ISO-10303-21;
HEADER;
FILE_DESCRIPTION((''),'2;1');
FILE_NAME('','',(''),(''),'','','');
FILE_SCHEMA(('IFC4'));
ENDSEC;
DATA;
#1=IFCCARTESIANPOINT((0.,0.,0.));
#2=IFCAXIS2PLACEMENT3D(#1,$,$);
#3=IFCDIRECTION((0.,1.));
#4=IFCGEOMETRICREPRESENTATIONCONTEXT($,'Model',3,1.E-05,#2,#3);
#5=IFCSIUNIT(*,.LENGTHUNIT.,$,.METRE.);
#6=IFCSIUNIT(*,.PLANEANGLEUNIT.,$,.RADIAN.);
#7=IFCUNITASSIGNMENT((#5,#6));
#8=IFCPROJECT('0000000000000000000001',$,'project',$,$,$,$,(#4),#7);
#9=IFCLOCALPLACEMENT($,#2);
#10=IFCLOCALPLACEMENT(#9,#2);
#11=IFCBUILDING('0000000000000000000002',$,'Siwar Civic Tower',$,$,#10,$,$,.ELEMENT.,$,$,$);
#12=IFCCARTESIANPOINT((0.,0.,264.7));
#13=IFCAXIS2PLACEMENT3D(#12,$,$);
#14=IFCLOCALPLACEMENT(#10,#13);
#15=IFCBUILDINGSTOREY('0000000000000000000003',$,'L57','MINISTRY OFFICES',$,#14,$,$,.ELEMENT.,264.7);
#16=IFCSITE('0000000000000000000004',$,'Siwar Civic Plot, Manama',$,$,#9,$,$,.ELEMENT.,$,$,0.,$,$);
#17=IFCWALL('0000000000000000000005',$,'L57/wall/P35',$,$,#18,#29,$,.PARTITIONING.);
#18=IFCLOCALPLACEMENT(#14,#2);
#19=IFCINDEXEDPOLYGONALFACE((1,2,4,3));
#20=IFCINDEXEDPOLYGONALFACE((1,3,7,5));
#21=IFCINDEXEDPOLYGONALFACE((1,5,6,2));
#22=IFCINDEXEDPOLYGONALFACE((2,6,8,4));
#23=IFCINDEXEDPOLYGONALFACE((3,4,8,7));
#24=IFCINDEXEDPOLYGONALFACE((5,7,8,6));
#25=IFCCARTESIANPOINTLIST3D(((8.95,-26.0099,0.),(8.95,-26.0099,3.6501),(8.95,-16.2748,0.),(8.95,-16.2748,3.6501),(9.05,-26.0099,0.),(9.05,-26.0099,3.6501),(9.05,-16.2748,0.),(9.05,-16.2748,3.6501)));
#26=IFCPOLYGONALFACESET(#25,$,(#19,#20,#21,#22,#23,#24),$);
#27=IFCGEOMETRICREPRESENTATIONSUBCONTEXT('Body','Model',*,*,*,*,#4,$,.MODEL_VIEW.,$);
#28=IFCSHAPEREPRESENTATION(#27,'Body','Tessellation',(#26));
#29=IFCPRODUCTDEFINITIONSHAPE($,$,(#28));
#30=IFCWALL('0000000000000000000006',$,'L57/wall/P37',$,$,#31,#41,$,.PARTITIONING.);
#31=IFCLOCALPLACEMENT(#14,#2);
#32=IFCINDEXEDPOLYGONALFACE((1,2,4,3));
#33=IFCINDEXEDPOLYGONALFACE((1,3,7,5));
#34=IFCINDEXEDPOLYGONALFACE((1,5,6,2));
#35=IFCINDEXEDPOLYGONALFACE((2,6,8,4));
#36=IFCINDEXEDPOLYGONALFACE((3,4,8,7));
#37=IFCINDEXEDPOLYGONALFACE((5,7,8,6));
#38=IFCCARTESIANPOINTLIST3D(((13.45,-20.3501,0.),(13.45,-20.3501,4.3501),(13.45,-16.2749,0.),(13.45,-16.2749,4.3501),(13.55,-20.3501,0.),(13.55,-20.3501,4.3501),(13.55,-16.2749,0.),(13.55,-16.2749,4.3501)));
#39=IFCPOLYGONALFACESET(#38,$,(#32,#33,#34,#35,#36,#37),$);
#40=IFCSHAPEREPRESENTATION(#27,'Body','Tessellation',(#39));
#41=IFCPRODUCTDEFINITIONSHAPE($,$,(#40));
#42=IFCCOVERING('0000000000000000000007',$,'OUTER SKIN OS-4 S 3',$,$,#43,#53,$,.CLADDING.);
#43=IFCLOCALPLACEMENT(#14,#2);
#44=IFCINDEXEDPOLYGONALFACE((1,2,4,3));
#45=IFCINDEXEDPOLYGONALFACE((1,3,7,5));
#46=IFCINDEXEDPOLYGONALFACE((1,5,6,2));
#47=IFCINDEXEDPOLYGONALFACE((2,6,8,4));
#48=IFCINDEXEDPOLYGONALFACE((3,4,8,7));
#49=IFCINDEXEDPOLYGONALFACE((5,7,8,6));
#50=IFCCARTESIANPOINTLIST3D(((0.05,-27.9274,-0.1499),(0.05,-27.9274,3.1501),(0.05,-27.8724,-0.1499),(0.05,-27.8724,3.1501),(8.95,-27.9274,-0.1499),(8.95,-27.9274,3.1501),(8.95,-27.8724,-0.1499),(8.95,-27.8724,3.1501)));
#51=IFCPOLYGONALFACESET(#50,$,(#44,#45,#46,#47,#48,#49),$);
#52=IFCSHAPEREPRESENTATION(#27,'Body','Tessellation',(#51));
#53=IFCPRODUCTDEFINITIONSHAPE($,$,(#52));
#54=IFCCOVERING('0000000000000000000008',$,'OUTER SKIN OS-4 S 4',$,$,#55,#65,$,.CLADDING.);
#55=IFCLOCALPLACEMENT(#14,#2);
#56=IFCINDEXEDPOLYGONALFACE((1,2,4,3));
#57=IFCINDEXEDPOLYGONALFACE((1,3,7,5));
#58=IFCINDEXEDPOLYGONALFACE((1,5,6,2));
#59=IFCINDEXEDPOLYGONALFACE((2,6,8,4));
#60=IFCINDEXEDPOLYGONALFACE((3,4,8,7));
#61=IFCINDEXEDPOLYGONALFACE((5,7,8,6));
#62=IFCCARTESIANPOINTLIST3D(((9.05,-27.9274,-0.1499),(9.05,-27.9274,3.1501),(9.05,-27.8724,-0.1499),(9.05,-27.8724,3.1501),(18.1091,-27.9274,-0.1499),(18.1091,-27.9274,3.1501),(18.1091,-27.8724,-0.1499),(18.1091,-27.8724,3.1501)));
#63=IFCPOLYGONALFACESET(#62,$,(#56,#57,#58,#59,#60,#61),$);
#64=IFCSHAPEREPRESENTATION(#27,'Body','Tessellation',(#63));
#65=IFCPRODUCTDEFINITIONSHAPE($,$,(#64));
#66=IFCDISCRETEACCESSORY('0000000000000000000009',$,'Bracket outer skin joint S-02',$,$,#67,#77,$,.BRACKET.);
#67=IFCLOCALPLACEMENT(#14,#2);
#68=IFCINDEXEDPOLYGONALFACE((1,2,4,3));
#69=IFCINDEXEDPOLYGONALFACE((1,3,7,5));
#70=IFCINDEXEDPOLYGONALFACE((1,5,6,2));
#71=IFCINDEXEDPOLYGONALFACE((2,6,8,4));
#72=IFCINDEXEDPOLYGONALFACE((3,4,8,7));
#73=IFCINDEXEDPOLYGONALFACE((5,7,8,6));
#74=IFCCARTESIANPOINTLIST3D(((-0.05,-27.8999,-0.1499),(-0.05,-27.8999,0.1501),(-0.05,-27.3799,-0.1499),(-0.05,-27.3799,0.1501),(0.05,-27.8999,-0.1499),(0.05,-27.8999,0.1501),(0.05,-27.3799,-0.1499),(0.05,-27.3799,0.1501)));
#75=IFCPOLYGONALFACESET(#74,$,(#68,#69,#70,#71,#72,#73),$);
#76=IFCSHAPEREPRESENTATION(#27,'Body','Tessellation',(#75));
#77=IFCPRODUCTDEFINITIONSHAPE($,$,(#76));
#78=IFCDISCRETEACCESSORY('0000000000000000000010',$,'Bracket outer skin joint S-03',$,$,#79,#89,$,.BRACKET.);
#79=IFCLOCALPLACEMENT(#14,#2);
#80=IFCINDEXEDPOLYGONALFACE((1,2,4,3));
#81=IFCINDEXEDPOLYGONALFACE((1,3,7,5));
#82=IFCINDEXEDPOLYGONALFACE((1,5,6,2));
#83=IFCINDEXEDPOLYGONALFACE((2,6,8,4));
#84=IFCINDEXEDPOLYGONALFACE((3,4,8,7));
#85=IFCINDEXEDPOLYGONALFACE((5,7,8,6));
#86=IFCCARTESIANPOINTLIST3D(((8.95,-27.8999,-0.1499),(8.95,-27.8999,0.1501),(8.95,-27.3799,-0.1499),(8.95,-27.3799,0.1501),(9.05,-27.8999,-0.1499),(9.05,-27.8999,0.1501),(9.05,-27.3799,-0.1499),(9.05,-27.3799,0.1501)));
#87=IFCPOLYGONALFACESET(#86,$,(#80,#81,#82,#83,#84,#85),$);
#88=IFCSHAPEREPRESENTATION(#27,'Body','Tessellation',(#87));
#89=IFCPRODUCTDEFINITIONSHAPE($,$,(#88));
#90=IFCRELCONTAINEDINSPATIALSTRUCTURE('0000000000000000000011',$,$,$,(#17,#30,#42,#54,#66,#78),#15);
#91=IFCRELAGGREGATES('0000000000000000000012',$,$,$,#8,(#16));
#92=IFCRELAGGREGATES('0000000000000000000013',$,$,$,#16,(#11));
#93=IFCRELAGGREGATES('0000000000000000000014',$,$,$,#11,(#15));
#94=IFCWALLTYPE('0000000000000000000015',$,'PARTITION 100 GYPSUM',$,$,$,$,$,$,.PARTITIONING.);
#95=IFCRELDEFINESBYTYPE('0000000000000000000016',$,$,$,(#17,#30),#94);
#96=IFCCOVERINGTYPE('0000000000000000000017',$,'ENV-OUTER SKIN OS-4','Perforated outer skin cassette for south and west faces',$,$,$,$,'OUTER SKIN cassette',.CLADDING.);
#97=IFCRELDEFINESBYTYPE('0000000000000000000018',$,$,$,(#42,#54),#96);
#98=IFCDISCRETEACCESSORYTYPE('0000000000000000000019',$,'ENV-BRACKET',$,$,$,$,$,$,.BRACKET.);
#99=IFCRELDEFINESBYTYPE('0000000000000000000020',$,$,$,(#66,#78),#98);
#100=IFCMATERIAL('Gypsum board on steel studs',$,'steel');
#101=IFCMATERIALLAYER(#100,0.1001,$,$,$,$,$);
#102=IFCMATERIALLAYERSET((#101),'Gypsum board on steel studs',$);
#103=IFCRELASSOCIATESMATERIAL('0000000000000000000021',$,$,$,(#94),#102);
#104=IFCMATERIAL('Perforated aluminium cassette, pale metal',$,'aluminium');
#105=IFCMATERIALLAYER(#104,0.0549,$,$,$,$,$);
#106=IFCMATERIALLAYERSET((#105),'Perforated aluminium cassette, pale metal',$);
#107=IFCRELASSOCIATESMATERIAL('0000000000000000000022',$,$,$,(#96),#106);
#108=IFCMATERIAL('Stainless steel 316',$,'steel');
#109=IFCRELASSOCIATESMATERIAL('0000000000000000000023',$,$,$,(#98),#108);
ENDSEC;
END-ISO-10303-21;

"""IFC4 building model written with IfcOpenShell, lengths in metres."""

from ifc_helpers import new_model, si_unit, direction, frame, frame_2d, origin, origin_2d, place, context, subcontext, project, spatial, rectangle, extrude, material, layer, layer_set, type_object, element, save


model = new_model("IFC4")

# Units and contexts
model_context = context("Model", 3, precision=1e-05, world=origin(), true_north=direction((0.0, 1.0)))
body_context = subcontext(model_context, "Body", "Model", "MODEL_VIEW")
ifc_project = project(units=[si_unit("LENGTHUNIT", "METRE"), si_unit("PLANEANGLEUNIT", "RADIAN")], contexts=[model_context])

# Site, building, storey
site_placement = place(None, origin())
site = spatial("IfcSite", under=ifc_project, at=site_placement, Name="Siwar Civic Plot, Manama", CompositionType="ELEMENT", RefElevation=0.0)
building_placement = place(site_placement, origin())
building = spatial("IfcBuilding", under=site, at=building_placement, Name="Siwar Civic Tower", CompositionType="ELEMENT")
storey_placement = place(building_placement, frame((0.0, 0.0, 264.7)))
storey = spatial("IfcBuildingStorey", under=building, at=storey_placement, Name="L57", Description="MINISTRY OFFICES", CompositionType="ELEMENT", Elevation=264.7)

# Shared definitions
ifc_material_1 = material(Name="Gypsum board on steel studs", Category="steel")
ifc_layer_1 = layer(ifc_material_1, 0.1001)
ifc_layer_set_1 = layer_set([ifc_layer_1], Name="Gypsum board on steel studs")
wall_type_1 = type_object("IfcWallType", Name="PARTITION 100 GYPSUM", PredefinedType="PARTITIONING", material=ifc_layer_set_1)

# Walls
wall_1_placement = place(storey_placement, frame((9.0, -26.01, 0.0), z_axis=(0.0, 0.0, 1.0), x_axis=(0.0, 1.0, 0.0)))
element("IfcWall", 1, at=wall_1_placement, inside=storey, type_object=wall_type_1, Name="L57/wall/P35", PredefinedType="PARTITIONING", context=body_context, shape_type="SweptSolid", body=[
    extrude(rectangle(XDim=9.7351, YDim=0.1001, at=frame_2d((4.8677, 0.0))), origin(), (0.0, 0.0, 1.0), 3.6501),
])
wall_2_placement = place(storey_placement, frame((13.5, -20.3501, 0.0), z_axis=(0.0, 0.0, 1.0), x_axis=(0.0, 1.0, 0.0)))
element("IfcWall", 2, at=wall_2_placement, inside=storey, type_object=wall_type_1, Name="L57/wall/P37", PredefinedType="PARTITIONING", context=body_context, shape_type="SweptSolid", body=[
    extrude(rectangle(XDim=4.0752, YDim=0.1001, at=frame_2d((2.0376, 0.0))), origin(), (0.0, 0.0, 1.0), 4.3501),
])

# Coverings
ifc_material_2 = material(Name="Perforated aluminium cassette, pale metal", Category="aluminium")
ifc_layer_2 = layer(ifc_material_2, 0.0549)
ifc_layer_set_2 = layer_set([ifc_layer_2], Name="Perforated aluminium cassette, pale metal")
covering_type = type_object("IfcCoveringType", Name="ENV-OUTER SKIN OS-4", Description="Perforated outer skin cassette for south and west faces", ElementType="OUTER SKIN cassette", PredefinedType="CLADDING", material=ifc_layer_set_2)
covering_1_placement = place(storey_placement, frame((4.5, -27.8999, -0.1499), z_axis=(0.0, 0.0, 1.0), x_axis=(1.0, 0.0, 0.0)))
element("IfcCovering", 3, at=covering_1_placement, inside=storey, type_object=covering_type, Name="OUTER SKIN OS-4 S 3", PredefinedType="CLADDING", context=body_context, shape_type="SweptSolid", body=[
    extrude(rectangle(XDim=8.8999, YDim=0.0549, at=origin_2d()), origin(), (0.0, 0.0, 1.0), 3.3),
])
covering_2_placement = place(storey_placement, frame((13.5796, -27.8999, -0.1499), z_axis=(0.0, 0.0, 1.0), x_axis=(1.0, 0.0, 0.0)))
element("IfcCovering", 4, at=covering_2_placement, inside=storey, type_object=covering_type, Name="OUTER SKIN OS-4 S 4", PredefinedType="CLADDING", context=body_context, shape_type="SweptSolid", body=[
    extrude(rectangle(XDim=9.0591, YDim=0.0549, at=origin_2d()), origin(), (0.0, 0.0, 1.0), 3.3),
])

# Discrete accessories
ifc_material_3 = material(Name="Stainless steel 316", Category="steel")
discrete_accessory_type = type_object("IfcDiscreteAccessoryType", Name="ENV-BRACKET", PredefinedType="BRACKET", material=ifc_material_3)
for number, where, z_axis, x_axis, name in (
    (5, (0.0, -27.6399, -0.1499), (0.0, 0.0, 1.0), (0.0, -1.0, 0.0), "Bracket outer skin joint S-02"),
    (6, (9.0, -27.6399, -0.1499), (0.0, 0.0, 1.0), (0.0, -1.0, 0.0), "Bracket outer skin joint S-03"),
):
    element("IfcDiscreteAccessory", number, at=place(storey_placement, frame(where, z_axis=z_axis, x_axis=x_axis)), inside=storey, type_object=discrete_accessory_type, Name=name, PredefinedType="BRACKET", context=body_context, shape_type="SweptSolid", body=[
        extrude(rectangle(XDim=0.52, YDim=0.1001, at=origin_2d()), origin(), (0.0, 0.0, 1.0), 0.3),
    ])

save(model, "model.ifc")
